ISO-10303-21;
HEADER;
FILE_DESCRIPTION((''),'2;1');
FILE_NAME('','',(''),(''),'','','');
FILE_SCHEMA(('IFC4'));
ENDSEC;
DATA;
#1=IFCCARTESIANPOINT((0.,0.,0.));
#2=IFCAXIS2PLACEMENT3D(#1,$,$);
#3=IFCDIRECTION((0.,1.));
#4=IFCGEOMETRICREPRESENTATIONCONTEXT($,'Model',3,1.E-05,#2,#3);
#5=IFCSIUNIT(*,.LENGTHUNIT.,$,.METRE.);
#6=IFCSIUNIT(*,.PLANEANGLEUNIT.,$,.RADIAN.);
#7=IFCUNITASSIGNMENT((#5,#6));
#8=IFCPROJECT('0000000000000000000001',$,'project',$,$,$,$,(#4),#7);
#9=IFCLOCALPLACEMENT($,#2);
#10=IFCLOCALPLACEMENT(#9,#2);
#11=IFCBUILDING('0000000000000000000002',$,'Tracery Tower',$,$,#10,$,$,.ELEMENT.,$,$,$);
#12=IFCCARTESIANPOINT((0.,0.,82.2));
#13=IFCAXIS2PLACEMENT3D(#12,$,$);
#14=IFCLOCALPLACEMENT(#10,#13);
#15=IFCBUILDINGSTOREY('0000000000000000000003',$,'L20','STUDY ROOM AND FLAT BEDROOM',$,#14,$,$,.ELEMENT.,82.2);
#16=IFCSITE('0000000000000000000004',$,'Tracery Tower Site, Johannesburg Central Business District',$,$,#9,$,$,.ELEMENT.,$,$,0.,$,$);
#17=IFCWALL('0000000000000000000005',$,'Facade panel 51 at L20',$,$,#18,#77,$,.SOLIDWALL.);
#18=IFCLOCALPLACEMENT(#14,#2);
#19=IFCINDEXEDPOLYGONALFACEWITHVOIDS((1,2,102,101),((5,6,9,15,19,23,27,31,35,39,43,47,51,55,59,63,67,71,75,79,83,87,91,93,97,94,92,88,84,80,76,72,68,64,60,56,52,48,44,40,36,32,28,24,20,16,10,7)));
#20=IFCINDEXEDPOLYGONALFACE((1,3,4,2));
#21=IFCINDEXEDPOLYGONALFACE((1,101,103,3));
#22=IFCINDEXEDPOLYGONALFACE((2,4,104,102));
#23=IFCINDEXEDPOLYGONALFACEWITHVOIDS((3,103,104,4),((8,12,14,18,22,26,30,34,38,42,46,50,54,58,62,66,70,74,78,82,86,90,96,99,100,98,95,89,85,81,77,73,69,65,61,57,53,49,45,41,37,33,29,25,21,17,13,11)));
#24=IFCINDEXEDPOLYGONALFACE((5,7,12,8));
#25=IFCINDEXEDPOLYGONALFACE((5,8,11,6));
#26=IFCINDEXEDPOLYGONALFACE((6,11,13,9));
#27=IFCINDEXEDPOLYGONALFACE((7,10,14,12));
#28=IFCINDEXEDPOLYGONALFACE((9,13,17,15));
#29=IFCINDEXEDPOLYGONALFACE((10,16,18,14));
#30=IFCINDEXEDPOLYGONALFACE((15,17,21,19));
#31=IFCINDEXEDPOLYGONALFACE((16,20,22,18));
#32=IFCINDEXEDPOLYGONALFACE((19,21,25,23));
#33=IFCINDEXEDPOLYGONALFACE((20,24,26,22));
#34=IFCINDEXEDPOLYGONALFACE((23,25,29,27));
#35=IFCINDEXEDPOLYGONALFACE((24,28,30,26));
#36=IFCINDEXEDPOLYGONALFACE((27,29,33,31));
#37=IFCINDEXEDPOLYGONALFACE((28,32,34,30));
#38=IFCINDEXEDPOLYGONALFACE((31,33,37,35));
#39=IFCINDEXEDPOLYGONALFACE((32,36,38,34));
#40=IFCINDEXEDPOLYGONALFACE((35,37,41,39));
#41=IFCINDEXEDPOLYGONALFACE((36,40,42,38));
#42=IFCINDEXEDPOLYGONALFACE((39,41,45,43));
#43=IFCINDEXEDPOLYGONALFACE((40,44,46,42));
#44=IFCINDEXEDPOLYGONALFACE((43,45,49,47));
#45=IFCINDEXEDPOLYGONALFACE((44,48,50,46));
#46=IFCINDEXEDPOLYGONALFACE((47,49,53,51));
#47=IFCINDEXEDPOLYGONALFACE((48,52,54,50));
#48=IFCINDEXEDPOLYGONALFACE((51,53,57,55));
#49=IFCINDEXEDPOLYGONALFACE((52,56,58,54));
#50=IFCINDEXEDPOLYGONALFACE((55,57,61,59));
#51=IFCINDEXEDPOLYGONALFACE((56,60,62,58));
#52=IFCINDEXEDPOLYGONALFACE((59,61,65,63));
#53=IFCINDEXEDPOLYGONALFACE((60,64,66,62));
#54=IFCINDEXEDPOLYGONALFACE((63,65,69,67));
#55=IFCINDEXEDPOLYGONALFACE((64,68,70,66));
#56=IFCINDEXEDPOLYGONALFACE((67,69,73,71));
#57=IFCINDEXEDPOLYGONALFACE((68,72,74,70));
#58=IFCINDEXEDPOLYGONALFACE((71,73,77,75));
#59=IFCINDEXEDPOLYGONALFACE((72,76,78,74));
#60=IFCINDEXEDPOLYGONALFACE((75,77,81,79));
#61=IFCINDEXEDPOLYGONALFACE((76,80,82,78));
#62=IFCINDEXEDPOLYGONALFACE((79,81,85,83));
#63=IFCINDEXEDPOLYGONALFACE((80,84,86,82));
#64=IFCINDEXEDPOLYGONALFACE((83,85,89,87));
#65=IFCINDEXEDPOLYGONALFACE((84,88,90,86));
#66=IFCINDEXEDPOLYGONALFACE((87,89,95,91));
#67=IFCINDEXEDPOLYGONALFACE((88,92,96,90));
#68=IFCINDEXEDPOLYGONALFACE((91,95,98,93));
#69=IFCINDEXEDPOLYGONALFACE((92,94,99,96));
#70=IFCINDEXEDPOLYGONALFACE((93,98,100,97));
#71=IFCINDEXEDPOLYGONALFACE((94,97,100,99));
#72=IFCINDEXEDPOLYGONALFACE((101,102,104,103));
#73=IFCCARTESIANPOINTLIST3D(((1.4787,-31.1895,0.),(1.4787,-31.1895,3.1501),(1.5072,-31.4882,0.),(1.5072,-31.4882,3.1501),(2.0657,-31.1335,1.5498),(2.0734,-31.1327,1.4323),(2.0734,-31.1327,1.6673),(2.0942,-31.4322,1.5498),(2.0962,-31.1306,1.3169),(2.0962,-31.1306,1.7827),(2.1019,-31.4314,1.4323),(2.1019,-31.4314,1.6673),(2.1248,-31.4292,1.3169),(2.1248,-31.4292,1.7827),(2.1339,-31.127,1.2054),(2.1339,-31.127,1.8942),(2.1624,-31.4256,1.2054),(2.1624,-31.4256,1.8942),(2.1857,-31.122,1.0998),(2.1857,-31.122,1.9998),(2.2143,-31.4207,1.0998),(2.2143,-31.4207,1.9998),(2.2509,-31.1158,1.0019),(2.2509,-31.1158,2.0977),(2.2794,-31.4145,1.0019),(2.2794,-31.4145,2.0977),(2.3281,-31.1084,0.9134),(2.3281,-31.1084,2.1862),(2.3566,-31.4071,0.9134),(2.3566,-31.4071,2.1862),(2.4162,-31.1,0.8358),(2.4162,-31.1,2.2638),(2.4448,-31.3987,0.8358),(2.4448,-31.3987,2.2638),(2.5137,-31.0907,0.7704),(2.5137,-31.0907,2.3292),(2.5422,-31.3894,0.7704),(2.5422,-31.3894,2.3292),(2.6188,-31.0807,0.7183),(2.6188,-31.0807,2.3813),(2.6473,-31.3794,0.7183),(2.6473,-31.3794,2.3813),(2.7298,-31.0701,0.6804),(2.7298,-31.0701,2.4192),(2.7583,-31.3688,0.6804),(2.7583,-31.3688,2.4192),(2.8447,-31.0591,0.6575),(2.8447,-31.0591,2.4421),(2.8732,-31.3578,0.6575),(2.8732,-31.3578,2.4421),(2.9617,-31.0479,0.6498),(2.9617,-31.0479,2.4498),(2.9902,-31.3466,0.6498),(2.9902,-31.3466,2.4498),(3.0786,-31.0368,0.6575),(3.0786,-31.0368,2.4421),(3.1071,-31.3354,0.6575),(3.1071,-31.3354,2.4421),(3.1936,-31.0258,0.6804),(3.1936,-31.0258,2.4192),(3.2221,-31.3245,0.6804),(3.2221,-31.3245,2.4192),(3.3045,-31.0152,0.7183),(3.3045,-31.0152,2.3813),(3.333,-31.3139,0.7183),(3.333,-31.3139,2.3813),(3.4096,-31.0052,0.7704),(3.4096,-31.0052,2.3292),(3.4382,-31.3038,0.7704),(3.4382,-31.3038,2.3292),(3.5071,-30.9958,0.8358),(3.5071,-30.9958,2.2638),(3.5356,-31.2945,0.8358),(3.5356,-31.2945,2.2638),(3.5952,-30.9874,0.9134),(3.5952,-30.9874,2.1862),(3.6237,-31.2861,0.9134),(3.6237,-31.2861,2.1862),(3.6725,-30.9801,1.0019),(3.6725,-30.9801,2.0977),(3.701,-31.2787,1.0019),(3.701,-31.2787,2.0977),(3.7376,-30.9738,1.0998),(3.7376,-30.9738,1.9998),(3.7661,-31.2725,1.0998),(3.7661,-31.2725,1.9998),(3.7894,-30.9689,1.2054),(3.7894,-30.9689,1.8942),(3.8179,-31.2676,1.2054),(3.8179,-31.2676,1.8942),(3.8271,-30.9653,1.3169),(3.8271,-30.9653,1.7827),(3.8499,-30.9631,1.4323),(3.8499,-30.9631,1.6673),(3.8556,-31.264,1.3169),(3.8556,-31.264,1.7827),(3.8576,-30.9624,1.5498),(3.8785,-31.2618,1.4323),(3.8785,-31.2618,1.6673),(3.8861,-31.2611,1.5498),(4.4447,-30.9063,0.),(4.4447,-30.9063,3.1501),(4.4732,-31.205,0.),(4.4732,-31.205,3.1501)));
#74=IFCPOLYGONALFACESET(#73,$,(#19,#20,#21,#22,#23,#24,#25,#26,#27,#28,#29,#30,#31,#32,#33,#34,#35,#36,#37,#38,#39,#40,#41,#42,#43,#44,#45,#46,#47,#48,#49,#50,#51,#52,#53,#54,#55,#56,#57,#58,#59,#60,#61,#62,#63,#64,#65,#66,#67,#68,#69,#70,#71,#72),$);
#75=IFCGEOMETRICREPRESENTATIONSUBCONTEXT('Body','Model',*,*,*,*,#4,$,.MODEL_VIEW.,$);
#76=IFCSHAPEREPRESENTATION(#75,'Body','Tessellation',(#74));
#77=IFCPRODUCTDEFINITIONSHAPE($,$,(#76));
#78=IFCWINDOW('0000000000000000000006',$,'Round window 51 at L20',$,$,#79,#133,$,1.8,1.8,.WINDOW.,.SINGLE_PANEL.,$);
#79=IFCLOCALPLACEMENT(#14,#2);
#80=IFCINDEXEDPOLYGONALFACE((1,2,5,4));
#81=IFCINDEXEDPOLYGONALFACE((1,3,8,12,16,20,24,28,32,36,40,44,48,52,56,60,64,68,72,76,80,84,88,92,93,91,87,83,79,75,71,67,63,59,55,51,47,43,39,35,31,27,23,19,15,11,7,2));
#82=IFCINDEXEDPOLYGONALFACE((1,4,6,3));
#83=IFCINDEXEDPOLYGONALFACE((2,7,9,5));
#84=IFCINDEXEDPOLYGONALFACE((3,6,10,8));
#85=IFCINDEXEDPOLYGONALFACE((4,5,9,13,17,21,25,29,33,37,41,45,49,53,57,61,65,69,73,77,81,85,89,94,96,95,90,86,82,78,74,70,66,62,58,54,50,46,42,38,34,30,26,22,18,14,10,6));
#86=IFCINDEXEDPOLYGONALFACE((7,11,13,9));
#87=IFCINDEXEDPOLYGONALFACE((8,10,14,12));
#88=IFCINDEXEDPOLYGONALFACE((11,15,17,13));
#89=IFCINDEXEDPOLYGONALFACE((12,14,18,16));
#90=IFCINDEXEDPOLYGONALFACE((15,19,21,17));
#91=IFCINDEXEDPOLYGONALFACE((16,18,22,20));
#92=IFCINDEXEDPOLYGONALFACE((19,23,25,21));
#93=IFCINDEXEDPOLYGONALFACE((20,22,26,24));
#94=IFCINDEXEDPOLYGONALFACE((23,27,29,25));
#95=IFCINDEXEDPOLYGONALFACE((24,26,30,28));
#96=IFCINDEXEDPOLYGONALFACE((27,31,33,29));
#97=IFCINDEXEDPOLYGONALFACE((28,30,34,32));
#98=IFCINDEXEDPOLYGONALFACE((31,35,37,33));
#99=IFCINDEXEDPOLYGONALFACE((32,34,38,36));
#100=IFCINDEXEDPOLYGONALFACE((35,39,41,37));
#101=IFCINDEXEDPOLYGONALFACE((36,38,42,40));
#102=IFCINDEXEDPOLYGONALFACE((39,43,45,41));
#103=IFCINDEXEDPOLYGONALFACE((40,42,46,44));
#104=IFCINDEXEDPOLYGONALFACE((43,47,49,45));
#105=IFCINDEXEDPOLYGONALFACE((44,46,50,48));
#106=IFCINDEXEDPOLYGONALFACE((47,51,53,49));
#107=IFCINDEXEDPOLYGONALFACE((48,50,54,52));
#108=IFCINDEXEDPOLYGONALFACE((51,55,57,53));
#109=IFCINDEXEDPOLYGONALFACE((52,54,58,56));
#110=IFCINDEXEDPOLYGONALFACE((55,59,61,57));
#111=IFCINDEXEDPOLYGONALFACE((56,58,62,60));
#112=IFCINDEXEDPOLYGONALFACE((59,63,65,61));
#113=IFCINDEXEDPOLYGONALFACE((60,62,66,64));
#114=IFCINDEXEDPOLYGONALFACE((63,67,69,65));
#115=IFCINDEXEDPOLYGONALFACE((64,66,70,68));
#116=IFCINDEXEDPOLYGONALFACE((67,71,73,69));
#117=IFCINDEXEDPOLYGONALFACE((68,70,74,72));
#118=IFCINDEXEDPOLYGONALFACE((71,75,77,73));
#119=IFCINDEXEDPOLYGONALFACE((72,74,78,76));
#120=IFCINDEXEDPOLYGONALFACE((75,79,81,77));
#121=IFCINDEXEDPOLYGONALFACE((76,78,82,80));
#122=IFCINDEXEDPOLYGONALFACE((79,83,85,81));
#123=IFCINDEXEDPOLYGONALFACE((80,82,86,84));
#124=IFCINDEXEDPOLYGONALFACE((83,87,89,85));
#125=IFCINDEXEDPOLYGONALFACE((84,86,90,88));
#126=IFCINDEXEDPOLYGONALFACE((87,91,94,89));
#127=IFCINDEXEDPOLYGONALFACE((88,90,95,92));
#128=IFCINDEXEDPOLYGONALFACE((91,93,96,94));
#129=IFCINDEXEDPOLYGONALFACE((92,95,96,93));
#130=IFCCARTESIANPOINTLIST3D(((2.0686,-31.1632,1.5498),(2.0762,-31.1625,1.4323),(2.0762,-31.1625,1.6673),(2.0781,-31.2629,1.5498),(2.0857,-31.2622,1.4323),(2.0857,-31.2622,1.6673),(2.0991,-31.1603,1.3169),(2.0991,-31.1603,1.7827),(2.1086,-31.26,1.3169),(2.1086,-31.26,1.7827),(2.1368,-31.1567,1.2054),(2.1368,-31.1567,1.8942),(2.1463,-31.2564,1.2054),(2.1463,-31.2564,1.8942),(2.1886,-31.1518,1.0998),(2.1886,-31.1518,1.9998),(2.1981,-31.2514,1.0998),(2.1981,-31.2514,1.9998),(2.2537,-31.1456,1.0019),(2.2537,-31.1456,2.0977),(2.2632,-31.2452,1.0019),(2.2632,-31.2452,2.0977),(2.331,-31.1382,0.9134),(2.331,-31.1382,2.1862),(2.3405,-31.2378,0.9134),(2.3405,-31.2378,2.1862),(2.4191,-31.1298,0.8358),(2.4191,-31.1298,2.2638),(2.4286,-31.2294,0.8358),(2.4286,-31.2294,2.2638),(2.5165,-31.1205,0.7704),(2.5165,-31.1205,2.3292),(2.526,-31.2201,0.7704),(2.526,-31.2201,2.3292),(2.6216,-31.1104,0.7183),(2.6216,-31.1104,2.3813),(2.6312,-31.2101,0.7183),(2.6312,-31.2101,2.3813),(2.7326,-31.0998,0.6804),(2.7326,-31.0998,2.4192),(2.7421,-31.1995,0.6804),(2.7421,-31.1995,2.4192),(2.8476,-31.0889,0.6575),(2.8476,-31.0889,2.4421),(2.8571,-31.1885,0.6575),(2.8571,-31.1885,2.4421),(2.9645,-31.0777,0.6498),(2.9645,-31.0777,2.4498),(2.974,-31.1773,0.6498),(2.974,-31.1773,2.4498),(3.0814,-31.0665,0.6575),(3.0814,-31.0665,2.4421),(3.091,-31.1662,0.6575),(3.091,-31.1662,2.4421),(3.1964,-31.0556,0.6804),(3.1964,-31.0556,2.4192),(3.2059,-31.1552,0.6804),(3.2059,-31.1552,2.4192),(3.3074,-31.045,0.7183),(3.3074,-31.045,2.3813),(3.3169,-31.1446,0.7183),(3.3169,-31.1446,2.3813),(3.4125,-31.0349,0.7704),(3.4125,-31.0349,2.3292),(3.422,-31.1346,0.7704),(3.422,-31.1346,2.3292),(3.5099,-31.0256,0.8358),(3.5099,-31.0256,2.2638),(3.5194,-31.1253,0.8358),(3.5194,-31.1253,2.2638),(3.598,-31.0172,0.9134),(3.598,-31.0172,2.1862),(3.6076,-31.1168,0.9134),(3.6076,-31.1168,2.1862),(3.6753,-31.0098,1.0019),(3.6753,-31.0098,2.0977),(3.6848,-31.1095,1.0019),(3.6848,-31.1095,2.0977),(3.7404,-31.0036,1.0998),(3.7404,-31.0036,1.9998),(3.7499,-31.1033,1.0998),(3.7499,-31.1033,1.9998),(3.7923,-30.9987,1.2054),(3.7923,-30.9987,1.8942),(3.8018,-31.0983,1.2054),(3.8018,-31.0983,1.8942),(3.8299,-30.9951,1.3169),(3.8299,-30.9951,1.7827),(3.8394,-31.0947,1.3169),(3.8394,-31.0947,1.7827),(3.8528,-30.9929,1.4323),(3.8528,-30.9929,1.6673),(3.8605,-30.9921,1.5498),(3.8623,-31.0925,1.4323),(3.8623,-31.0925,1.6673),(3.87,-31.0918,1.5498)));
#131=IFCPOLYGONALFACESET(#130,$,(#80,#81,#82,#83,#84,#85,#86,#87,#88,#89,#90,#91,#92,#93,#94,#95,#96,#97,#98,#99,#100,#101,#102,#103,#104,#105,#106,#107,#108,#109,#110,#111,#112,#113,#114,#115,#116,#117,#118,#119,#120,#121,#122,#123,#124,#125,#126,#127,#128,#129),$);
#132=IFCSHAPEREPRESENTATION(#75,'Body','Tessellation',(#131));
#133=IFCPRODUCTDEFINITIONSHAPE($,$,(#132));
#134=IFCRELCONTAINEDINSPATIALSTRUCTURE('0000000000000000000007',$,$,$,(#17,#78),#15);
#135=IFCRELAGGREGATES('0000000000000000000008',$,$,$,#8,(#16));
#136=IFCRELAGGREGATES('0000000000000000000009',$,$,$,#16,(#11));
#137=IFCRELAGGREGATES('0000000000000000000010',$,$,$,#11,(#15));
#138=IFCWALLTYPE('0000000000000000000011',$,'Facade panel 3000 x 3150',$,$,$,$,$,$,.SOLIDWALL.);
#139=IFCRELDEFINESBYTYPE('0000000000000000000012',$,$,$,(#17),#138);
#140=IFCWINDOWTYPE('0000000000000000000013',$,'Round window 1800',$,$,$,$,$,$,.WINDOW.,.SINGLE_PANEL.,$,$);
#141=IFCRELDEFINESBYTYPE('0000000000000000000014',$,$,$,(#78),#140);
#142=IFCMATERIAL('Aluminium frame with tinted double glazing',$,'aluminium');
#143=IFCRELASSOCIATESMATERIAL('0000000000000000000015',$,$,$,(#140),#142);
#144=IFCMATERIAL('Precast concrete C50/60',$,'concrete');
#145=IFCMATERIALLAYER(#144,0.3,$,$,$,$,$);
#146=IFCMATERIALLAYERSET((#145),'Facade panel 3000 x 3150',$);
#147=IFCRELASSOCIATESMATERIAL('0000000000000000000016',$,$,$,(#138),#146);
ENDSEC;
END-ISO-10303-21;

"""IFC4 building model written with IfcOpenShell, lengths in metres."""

from ifc_helpers import new_model, si_unit, direction, frame, frame_2d, origin, origin_2d, place, context, subcontext, project, spatial, rectangle, circle, extrude, material, layer, layer_set, type_object, element, fill, save


model = new_model("IFC4")

# Units and contexts
model_context = context("Model", 3, precision=1e-05, world=origin(), true_north=direction((0.0, 1.0)))
body_context = subcontext(model_context, "Body", "Model", "MODEL_VIEW")
ifc_project = project(units=[si_unit("LENGTHUNIT", "METRE"), si_unit("PLANEANGLEUNIT", "RADIAN")], contexts=[model_context])

# Site, building, storey
site_placement = place(None, origin())
site = spatial("IfcSite", under=ifc_project, at=site_placement, Name="Tracery Tower Site, Johannesburg Central Business District", CompositionType="ELEMENT", RefElevation=0.0)
building_placement = place(site_placement, origin())
building = spatial("IfcBuilding", under=site, at=building_placement, Name="Tracery Tower", CompositionType="ELEMENT")
storey_placement = place(building_placement, frame((0.0, 0.0, 82.2)))
storey = spatial("IfcBuildingStorey", under=building, at=storey_placement, Name="L20", Description="STUDY ROOM AND FLAT BEDROOM", CompositionType="ELEMENT", Elevation=82.2)

# Wall, opening, window
ifc_material_1 = material(Name="Aluminium frame with tinted double glazing", Category="aluminium")
window_type = type_object("IfcWindowType", Name="Round window 1800", PartitioningType="SINGLE_PANEL", PredefinedType="WINDOW", material=ifc_material_1)
ifc_material_2 = material(Name="Precast concrete C50/60", Category="concrete")
ifc_layer_1 = layer(ifc_material_2, 0.3)
ifc_layer_set_1 = layer_set([ifc_layer_1], Name="Facade panel 3000 x 3150")
wall_type_1 = type_object("IfcWallType", Name="Facade panel 3000 x 3150", PredefinedType="SOLIDWALL", material=ifc_layer_set_1)
wall_1_placement = place(storey_placement, frame((1.4929, -31.3389, 0.0), z_axis=(0.0, 0.0, 1.0), x_axis=(0.995473, 0.095049, 0.0)))
wall_1 = element("IfcWall", 1, at=wall_1_placement, inside=storey, type_object=wall_type_1, Name="Facade panel 51 at L20", PredefinedType="SOLIDWALL", context=body_context, shape_type="SweptSolid", body=[
    extrude(rectangle(XDim=2.9795, YDim=0.3, at=frame_2d((1.4897, 0.0))), origin(), (0.0, 0.0, 1.0), 3.1501),
])
opening_1_placement = place(wall_1_placement, frame((1.4897, 0.0, 1.5498)))
opening_1 = element("IfcOpeningElement", 2, at=opening_1_placement, cuts=wall_1, PredefinedType="OPENING", context=body_context, shape_type="SweptSolid", body=[
    extrude(circle(Radius=0.9, at=origin_2d()), frame((0.0, 0.1599, 0.0), z_axis=(0.0, -1.0, 0.0), x_axis=(1.0, 0.0, 0.0)), (0.0, 0.0, 1.0), 0.3201),
])
window_1_placement = place(opening_1_placement, origin())
window_1 = element("IfcWindow", 3, at=window_1_placement, inside=storey, type_object=window_type, Name="Round window 51 at L20", OverallHeight=1.8, OverallWidth=1.8, PartitioningType="SINGLE_PANEL", PredefinedType="WINDOW", context=body_context, shape_type="SweptSolid", body=[
    extrude(circle(Radius=0.9, at=origin_2d()), frame((0.0, 0.1201, 0.0), z_axis=(0.0, -1.0, 0.0), x_axis=(1.0, 0.0, 0.0)), (0.0, 0.0, 1.0), 0.1001),
])
fill(opening_1, window_1)

save(model, "model.ifc")
